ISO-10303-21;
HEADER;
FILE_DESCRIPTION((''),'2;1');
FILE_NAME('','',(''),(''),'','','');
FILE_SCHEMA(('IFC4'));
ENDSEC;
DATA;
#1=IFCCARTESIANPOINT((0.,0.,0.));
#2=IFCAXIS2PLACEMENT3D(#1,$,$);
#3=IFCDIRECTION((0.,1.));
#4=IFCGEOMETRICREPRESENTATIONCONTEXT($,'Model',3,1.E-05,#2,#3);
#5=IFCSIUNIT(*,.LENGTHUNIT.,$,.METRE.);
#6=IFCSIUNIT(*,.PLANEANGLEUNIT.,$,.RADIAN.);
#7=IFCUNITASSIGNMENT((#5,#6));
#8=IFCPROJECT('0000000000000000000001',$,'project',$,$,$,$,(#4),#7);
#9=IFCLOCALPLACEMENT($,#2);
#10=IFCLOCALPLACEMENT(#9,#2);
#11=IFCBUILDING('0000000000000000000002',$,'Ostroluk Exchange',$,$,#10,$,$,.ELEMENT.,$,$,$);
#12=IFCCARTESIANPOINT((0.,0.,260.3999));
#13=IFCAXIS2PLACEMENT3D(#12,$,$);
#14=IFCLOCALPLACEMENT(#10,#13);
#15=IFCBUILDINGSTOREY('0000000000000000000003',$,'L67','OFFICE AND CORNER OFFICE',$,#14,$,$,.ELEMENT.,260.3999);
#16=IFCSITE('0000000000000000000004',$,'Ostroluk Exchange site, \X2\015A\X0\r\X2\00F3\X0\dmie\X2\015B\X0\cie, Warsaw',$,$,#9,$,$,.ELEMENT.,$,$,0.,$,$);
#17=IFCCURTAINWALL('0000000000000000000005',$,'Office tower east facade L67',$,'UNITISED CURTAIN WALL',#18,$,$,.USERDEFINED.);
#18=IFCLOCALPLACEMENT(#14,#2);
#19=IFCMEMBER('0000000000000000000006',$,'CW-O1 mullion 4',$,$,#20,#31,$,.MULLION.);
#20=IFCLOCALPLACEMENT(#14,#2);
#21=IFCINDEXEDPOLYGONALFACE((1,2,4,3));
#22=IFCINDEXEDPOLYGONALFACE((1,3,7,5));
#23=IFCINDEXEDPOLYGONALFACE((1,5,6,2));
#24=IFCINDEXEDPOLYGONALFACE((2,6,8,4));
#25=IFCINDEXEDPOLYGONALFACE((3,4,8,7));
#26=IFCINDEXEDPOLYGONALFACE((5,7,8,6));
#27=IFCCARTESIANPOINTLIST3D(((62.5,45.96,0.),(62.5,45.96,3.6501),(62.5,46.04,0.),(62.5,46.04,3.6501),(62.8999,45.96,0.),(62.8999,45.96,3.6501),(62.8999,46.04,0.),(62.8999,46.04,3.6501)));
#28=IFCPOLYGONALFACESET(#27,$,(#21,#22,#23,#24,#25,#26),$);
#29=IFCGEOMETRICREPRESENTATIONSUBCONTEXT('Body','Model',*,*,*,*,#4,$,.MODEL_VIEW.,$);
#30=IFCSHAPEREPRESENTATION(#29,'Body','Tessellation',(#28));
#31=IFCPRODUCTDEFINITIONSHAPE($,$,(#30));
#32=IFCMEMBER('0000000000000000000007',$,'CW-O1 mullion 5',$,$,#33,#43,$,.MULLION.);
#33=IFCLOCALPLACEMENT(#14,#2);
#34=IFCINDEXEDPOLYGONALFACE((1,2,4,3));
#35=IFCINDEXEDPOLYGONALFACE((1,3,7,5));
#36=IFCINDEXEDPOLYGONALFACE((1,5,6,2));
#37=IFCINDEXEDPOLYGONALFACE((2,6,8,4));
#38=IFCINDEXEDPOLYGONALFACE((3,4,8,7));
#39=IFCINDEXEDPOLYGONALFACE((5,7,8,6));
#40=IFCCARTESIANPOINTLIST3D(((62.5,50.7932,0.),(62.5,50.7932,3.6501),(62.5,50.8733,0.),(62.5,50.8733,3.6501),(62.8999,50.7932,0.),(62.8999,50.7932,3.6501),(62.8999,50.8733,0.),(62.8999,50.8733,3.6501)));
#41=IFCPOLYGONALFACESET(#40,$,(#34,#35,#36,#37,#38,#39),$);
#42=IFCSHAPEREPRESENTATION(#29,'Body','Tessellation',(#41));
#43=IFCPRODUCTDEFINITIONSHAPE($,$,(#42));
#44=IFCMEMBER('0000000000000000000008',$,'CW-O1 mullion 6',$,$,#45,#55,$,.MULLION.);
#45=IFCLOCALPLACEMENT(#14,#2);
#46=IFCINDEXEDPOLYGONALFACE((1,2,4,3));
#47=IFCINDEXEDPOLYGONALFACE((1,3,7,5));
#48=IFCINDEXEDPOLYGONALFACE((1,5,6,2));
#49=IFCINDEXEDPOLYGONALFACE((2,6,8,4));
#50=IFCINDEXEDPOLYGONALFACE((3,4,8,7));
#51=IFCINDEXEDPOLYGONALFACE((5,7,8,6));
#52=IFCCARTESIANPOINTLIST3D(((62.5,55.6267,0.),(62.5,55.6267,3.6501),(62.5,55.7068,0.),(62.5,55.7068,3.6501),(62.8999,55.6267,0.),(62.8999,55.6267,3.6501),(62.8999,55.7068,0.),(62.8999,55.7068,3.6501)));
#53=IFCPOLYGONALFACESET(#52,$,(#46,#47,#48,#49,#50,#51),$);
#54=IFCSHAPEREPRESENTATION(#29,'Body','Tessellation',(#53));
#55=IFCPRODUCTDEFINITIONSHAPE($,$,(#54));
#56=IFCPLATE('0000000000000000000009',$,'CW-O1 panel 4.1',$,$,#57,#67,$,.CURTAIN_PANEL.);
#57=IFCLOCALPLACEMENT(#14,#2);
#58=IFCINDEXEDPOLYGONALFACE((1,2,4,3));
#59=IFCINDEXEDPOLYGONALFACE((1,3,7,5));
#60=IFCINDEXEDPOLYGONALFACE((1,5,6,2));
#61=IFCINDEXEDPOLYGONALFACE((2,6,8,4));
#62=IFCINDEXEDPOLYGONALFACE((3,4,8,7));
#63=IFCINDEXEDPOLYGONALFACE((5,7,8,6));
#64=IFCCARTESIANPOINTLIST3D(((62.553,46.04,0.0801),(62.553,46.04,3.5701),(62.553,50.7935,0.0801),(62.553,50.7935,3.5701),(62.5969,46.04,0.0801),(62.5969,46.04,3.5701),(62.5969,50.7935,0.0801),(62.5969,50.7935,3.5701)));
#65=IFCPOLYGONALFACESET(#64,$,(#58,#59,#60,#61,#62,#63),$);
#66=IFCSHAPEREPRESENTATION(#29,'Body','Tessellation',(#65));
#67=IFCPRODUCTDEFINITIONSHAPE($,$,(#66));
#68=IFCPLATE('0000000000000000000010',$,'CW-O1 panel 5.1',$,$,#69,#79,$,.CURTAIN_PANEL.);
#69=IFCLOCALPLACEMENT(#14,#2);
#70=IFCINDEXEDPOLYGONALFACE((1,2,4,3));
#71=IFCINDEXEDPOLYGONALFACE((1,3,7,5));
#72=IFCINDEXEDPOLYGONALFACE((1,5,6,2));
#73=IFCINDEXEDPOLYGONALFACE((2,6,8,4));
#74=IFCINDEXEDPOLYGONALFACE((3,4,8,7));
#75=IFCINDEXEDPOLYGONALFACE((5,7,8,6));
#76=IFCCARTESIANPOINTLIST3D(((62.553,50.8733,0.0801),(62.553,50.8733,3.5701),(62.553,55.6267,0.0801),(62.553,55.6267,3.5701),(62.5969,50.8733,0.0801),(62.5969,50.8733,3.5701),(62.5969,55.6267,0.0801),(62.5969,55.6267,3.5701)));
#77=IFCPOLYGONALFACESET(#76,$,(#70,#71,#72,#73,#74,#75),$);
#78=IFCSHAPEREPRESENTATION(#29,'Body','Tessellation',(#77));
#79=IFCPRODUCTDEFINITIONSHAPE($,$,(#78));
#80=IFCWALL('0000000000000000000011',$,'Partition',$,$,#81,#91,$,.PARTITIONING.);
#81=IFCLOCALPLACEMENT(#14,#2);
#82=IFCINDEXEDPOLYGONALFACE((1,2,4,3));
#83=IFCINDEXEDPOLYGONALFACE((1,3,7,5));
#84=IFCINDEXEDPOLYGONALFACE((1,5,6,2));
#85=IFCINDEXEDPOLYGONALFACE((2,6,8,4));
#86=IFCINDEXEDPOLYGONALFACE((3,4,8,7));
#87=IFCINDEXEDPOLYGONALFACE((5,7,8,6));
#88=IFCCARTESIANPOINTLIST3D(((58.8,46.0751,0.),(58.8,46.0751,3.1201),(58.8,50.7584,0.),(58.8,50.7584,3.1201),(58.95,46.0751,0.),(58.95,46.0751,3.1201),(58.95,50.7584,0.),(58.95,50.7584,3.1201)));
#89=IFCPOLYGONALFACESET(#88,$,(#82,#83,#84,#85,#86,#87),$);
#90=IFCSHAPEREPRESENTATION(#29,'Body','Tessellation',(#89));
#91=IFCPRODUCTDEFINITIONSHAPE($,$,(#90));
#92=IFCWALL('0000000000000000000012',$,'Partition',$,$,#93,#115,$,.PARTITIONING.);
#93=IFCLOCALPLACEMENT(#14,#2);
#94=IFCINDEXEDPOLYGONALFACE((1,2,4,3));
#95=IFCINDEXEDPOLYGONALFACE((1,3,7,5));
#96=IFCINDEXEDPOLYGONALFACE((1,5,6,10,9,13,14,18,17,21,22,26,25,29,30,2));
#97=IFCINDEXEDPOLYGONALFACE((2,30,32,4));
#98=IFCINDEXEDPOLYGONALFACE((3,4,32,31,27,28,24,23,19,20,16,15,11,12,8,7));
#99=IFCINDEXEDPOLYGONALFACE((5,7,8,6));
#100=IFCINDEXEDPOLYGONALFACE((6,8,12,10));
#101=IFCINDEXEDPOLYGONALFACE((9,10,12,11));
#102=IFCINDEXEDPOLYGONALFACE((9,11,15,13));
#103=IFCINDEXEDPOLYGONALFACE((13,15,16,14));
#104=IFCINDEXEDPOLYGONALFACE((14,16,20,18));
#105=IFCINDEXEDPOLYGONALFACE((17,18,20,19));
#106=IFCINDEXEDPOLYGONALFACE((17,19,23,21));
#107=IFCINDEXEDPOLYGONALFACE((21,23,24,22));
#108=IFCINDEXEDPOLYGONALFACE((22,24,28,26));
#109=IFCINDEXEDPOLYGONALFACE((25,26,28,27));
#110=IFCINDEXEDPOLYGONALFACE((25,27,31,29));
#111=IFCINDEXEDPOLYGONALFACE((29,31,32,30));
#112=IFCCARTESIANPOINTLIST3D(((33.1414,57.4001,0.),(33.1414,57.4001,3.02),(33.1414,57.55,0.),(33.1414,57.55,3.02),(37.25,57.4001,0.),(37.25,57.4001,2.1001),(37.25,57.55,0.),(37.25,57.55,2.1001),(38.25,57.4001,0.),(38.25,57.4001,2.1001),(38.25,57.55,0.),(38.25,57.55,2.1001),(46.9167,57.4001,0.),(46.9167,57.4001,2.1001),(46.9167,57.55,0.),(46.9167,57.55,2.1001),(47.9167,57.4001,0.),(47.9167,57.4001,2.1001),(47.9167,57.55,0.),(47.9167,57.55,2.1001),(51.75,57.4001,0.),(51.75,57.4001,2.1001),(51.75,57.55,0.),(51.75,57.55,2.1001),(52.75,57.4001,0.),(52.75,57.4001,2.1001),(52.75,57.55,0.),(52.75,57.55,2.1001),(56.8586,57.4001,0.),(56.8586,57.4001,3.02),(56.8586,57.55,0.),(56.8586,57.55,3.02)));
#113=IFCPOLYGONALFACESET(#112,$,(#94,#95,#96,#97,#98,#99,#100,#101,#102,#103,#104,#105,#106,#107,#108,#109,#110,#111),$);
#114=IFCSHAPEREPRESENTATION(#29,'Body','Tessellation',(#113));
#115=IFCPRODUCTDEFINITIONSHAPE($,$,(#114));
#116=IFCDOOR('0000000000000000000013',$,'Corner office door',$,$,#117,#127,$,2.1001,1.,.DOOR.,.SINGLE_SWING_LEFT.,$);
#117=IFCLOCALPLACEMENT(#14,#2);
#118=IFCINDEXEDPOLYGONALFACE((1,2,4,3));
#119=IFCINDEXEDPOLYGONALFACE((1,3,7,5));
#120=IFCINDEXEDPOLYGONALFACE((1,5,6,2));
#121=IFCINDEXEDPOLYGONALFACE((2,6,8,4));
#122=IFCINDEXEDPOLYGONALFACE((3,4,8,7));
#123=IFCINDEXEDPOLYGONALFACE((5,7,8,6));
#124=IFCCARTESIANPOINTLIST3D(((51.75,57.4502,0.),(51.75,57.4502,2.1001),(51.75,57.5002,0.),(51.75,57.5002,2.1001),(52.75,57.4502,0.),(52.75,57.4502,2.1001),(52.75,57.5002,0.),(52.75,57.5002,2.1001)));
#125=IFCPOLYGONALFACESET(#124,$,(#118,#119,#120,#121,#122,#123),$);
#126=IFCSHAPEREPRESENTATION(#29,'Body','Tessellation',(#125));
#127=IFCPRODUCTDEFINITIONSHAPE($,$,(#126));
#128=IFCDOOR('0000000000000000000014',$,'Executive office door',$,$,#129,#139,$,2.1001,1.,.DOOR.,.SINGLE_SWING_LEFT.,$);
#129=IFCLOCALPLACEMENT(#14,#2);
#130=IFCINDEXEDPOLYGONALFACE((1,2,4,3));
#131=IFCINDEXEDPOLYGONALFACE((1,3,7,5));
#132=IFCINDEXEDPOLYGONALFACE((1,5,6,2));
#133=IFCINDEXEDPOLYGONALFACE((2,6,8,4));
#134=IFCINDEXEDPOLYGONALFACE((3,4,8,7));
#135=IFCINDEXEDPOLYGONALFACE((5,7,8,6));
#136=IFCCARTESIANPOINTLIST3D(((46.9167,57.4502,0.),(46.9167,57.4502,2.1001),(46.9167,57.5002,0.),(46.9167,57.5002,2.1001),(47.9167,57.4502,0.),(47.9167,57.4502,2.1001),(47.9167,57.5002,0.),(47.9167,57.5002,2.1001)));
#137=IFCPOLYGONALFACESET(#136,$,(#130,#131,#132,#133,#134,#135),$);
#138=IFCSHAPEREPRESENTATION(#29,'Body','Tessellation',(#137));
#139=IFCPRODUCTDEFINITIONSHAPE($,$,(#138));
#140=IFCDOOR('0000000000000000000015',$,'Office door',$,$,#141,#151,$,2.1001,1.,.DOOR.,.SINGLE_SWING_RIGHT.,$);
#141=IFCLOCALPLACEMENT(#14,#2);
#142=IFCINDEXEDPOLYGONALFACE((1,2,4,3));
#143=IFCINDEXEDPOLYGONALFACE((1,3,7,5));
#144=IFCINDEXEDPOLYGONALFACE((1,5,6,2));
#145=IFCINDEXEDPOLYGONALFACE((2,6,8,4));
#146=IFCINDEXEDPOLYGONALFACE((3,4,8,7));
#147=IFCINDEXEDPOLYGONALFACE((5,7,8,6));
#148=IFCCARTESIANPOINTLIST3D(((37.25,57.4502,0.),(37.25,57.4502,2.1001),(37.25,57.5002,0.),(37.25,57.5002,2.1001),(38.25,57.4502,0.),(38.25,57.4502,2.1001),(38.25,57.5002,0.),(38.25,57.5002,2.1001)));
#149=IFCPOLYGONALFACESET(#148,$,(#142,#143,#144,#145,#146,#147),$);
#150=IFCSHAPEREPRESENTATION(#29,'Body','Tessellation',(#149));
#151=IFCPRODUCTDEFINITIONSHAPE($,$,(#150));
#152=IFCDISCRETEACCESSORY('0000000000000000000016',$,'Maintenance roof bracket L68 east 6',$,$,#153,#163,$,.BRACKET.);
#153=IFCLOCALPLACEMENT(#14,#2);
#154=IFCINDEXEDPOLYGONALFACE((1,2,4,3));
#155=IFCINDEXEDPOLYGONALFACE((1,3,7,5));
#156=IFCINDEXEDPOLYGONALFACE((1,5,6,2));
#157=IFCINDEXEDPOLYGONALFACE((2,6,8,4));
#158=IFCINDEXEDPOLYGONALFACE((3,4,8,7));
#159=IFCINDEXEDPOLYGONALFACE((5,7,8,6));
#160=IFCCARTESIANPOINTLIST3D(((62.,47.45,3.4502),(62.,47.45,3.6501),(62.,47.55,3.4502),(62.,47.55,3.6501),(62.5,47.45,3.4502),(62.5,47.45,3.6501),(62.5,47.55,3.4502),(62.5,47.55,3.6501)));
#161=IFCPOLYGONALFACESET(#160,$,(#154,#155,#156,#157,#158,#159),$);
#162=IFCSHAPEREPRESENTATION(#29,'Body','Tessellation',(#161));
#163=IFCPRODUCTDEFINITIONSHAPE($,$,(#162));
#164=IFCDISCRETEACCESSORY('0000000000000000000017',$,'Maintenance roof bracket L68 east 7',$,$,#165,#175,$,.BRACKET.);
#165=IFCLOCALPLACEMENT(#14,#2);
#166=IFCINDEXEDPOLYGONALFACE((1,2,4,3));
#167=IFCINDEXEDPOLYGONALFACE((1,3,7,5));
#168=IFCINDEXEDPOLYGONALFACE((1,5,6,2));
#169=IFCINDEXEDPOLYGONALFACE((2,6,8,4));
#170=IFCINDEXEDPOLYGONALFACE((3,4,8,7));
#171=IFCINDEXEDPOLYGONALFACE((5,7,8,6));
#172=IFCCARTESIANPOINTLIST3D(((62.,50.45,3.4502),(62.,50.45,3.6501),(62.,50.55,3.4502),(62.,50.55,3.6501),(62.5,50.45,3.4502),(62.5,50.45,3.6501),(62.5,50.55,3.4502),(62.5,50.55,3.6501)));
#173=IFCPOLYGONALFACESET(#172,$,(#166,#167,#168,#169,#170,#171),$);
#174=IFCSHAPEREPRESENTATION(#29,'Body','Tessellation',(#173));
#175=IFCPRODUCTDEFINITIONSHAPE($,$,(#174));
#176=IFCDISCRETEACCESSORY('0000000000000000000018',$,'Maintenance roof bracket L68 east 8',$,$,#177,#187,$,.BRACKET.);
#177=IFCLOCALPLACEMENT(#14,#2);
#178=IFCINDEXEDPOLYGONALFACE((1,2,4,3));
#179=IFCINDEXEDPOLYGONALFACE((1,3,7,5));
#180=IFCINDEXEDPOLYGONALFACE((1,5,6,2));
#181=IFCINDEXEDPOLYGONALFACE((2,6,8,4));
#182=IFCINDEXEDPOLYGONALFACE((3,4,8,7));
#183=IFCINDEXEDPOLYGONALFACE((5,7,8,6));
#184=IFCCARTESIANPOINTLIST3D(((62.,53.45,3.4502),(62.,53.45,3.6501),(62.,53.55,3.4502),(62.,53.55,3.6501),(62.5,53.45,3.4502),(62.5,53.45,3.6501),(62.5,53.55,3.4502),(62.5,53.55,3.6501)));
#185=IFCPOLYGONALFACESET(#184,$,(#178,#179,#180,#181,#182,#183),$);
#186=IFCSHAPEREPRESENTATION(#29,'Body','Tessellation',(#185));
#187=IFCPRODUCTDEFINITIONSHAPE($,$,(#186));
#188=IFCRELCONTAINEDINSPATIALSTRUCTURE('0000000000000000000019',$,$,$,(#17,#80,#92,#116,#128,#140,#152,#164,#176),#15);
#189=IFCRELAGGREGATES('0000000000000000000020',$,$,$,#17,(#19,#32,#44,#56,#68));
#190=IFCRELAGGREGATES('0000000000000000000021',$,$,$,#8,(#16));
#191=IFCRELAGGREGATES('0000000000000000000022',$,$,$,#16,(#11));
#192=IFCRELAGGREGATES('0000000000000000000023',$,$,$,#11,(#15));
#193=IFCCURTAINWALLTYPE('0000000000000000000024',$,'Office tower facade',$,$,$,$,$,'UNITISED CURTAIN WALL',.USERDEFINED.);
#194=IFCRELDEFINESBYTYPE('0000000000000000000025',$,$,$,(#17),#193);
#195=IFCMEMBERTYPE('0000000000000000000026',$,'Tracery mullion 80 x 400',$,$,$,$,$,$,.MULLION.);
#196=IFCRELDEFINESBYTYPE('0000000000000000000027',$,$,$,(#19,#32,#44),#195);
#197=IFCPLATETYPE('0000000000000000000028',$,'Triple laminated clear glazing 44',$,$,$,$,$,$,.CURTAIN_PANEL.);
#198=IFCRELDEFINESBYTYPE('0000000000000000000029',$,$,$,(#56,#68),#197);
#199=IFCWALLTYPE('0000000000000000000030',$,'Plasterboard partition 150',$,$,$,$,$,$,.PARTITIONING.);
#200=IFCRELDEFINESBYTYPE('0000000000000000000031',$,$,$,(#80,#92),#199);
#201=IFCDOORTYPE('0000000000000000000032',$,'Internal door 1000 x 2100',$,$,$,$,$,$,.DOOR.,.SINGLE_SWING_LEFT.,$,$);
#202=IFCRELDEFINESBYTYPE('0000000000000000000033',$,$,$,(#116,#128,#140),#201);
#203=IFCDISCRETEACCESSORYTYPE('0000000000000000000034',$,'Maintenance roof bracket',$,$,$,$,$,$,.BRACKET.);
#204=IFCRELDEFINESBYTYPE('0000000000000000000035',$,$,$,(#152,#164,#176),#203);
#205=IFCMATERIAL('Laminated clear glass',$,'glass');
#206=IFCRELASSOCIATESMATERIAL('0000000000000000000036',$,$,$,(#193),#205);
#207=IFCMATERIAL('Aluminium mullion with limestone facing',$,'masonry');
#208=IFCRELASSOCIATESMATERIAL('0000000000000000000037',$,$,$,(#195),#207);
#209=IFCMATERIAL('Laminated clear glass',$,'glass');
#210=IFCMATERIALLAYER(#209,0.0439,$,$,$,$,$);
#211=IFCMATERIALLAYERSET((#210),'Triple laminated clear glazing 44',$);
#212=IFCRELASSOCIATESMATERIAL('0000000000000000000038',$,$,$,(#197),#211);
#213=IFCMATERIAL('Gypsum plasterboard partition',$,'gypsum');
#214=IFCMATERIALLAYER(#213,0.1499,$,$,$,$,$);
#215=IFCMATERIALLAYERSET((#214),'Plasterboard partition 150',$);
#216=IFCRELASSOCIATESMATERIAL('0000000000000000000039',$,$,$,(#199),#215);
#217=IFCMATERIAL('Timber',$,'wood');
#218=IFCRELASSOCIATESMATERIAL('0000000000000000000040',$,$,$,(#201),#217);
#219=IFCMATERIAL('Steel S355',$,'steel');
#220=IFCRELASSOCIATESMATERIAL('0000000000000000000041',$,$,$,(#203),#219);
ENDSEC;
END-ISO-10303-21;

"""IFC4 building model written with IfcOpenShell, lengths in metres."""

from ifc_helpers import new_model, si_unit, direction, frame, frame_2d, origin, origin_2d, place, context, subcontext, project, spatial, rectangle, extrude, material, layer, layer_set, material_profile, profile_set, type_object, element, fill, aggregate, save


model = new_model("IFC4")

# Units and contexts
model_context = context("Model", 3, precision=1e-05, world=origin(), true_north=direction((0.0, 1.0)))
body_context = subcontext(model_context, "Body", "Model", "MODEL_VIEW")
ifc_project = project(units=[si_unit("LENGTHUNIT", "METRE"), si_unit("PLANEANGLEUNIT", "RADIAN")], contexts=[model_context])

# Site, building, storey
site_placement = place(None, origin())
site = spatial("IfcSite", under=ifc_project, at=site_placement, Name="Ostroluk Exchange site, Śródmieście, Warsaw", CompositionType="ELEMENT", RefElevation=0.0)
building_placement = place(site_placement, origin())
building = spatial("IfcBuilding", under=site, at=building_placement, Name="Ostroluk Exchange", CompositionType="ELEMENT")
storey_placement = place(building_placement, frame((0.0, 0.0, 260.3999)))
storey = spatial("IfcBuildingStorey", under=building, at=storey_placement, Name="L67", Description="OFFICE AND CORNER OFFICE", CompositionType="ELEMENT", Elevation=260.3999)

# Curtain wall, members, plates
ifc_material_1 = material(Name="Laminated clear glass", Category="glass")
curtain_wall_type = type_object("IfcCurtainWallType", Name="Office tower facade", ElementType="UNITISED CURTAIN WALL", PredefinedType="USERDEFINED", material=ifc_material_1)
curtain_wall_placement = place(storey_placement, origin())
curtain_wall = element("IfcCurtainWall", 1, at=curtain_wall_placement, inside=storey, type_object=curtain_wall_type, Name="Office tower east facade L67", ObjectType="UNITISED CURTAIN WALL", PredefinedType="USERDEFINED")
ifc_material_2 = material(Name="Aluminium mullion with limestone facing", Category="masonry")
ifc_material_profile_1 = material_profile(ifc_material_2, rectangle(XDim=0.3999, YDim=0.0801, at=origin_2d()), Name="Tracery mullion 80 x 400")
ifc_profile_set_1 = profile_set([ifc_material_profile_1], Name="Aluminium mullion with limestone facing")
member_type_1 = type_object("IfcMemberType", Name="Tracery mullion 80 x 400", PredefinedType="MULLION", material=ifc_profile_set_1)
member_1_placement = place(storey_placement, frame((62.7, 46.0, 0.0), z_axis=(0.0, 0.0, 1.0), x_axis=(-1.0, 0.0, 0.0)))
member_1 = element("IfcMember", 2, at=member_1_placement, type_object=member_type_1, Name="CW-O1 mullion 4", PredefinedType="MULLION", context=body_context, shape_type="SweptSolid", body=[
    extrude(rectangle(XDim=0.3999, YDim=0.0801, at=origin_2d()), origin(), (0.0, 0.0, 1.0), 3.6501),
])
member_2_placement = place(storey_placement, frame((62.7, 50.8333, 0.0), z_axis=(0.0, 0.0, 1.0), x_axis=(-1.0, 0.0, 0.0)))
member_2 = element("IfcMember", 3, at=member_2_placement, type_object=member_type_1, Name="CW-O1 mullion 5", PredefinedType="MULLION", context=body_context, shape_type="SweptSolid", body=[
    extrude(rectangle(XDim=0.3999, YDim=0.0801, at=origin_2d()), origin(), (0.0, 0.0, 1.0), 3.6501),
])
member_3_placement = place(storey_placement, frame((62.7, 55.6667, 0.0), z_axis=(0.0, 0.0, 1.0), x_axis=(-1.0, 0.0, 0.0)))
member_3 = element("IfcMember", 4, at=member_3_placement, type_object=member_type_1, Name="CW-O1 mullion 6", PredefinedType="MULLION", context=body_context, shape_type="SweptSolid", body=[
    extrude(rectangle(XDim=0.3999, YDim=0.0801, at=origin_2d()), origin(), (0.0, 0.0, 1.0), 3.6501),
])
ifc_material_3 = material(Name="Laminated clear glass", Category="glass")
ifc_layer_1 = layer(ifc_material_3, 0.0439)
ifc_layer_set_1 = layer_set([ifc_layer_1], Name="Triple laminated clear glazing 44")
plate_type = type_object("IfcPlateType", Name="Triple laminated clear glazing 44", PredefinedType="CURTAIN_PANEL", material=ifc_layer_set_1)
plate_1_placement = place(storey_placement, frame((62.575, 48.4167, 0.0801), z_axis=(0.0, 0.0, 1.0), x_axis=(0.0, 1.0, 0.0)))
plate_1 = element("IfcPlate", 5, at=plate_1_placement, type_object=plate_type, Name="CW-O1 panel 4.1", PredefinedType="CURTAIN_PANEL", context=body_context, shape_type="SweptSolid", body=[
    extrude(rectangle(XDim=4.7534, YDim=0.0439, at=origin_2d()), origin(), (0.0, 0.0, 1.0), 3.49),
])
plate_2_placement = place(storey_placement, frame((62.575, 53.25, 0.0801), z_axis=(0.0, 0.0, 1.0), x_axis=(0.0, 1.0, 0.0)))
plate_2 = element("IfcPlate", 6, at=plate_2_placement, type_object=plate_type, Name="CW-O1 panel 5.1", PredefinedType="CURTAIN_PANEL", context=body_context, shape_type="SweptSolid", body=[
    extrude(rectangle(XDim=4.7534, YDim=0.0439, at=origin_2d()), origin(), (0.0, 0.0, 1.0), 3.49),
])
aggregate(curtain_wall, [member_1, member_2, member_3, plate_1, plate_2])

# Wall
ifc_material_4 = material(Name="Gypsum plasterboard partition", Category="gypsum")
ifc_layer_2 = layer(ifc_material_4, 0.1499)
ifc_layer_set_2 = layer_set([ifc_layer_2], Name="Plasterboard partition 150")
wall_type = type_object("IfcWallType", Name="Plasterboard partition 150", PredefinedType="PARTITIONING", material=ifc_layer_set_2)
wall_1_placement = place(storey_placement, frame((58.875, 46.075, 0.0), z_axis=(0.0, 0.0, 1.0), x_axis=(0.0, 1.0, 0.0)))
element("IfcWall", 7, at=wall_1_placement, inside=storey, type_object=wall_type, Name="Partition", PredefinedType="PARTITIONING", context=body_context, shape_type="SweptSolid", body=[
    extrude(rectangle(XDim=4.6833, YDim=0.1499, at=frame_2d((2.3418, 0.0))), origin(), (0.0, 0.0, 1.0), 3.1201),
])

# Wall, openings, doors
wall_2_placement = place(storey_placement, frame((56.8586, 57.4751, 0.0), z_axis=(0.0, 0.0, 1.0), x_axis=(-1.0, 0.0, 0.0)))
wall_2 = element("IfcWall", 8, at=wall_2_placement, inside=storey, type_object=wall_type, Name="Partition", PredefinedType="PARTITIONING", context=body_context, shape_type="SweptSolid", body=[
    extrude(rectangle(XDim=23.7173, YDim=0.1499, at=frame_2d((11.8586, 0.0))), origin(), (0.0, 0.0, 1.0), 3.02),
])
opening_1_placement = place(wall_2_placement, frame((4.1086, 0.0, 0.0)))
opening_1 = element("IfcOpeningElement", 9, at=opening_1_placement, cuts=wall_2, PredefinedType="OPENING", context=body_context, shape_type="SweptSolid", body=[
    extrude(rectangle(XDim=1.0, YDim=2.1001, at=frame_2d((0.5, 1.05))), frame((0.0, 0.085, 0.0), z_axis=(0.0, -1.0, 0.0), x_axis=(1.0, 0.0, 0.0)), (0.0, 0.0, 1.0), 0.1699),
])
opening_2_placement = place(wall_2_placement, frame((8.9419, 0.0, 0.0)))
opening_2 = element("IfcOpeningElement", 10, at=opening_2_placement, cuts=wall_2, PredefinedType="OPENING", context=body_context, shape_type="SweptSolid", body=[
    extrude(rectangle(XDim=1.0, YDim=2.1001, at=frame_2d((0.5, 1.05))), frame((0.0, 0.085, 0.0), z_axis=(0.0, -1.0, 0.0), x_axis=(1.0, 0.0, 0.0)), (0.0, 0.0, 1.0), 0.1699),
])
opening_3_placement = place(wall_2_placement, frame((18.6086, 0.0, 0.0)))
opening_3 = element("IfcOpeningElement", 11, at=opening_3_placement, cuts=wall_2, PredefinedType="OPENING", context=body_context, shape_type="SweptSolid", body=[
    extrude(rectangle(XDim=1.0, YDim=2.1001, at=frame_2d((0.5, 1.05))), frame((0.0, 0.085, 0.0), z_axis=(0.0, -1.0, 0.0), x_axis=(1.0, 0.0, 0.0)), (0.0, 0.0, 1.0), 0.1699),
])
ifc_material_5 = material(Name="Timber", Category="wood")
door_type = type_object("IfcDoorType", Name="Internal door 1000 x 2100", OperationType="SINGLE_SWING_LEFT", PredefinedType="DOOR", material=ifc_material_5)
door_1_placement = place(opening_1_placement, origin())
door_1 = element("IfcDoor", 12, at=door_1_placement, inside=storey, type_object=door_type, Name="Corner office door", OperationType="SINGLE_SWING_LEFT", OverallHeight=2.1001, OverallWidth=1.0, PredefinedType="DOOR", context=body_context, shape_type="SweptSolid", body=[
    extrude(rectangle(XDim=1.0, YDim=2.1001, at=frame_2d((0.5, 1.05))), frame((0.0, 0.0249, 0.0), z_axis=(0.0, -1.0, 0.0), x_axis=(1.0, 0.0, 0.0)), (0.0, 0.0, 1.0), 0.05),
])
fill(opening_1, door_1)
door_2_placement = place(opening_2_placement, origin())
door_2 = element("IfcDoor", 13, at=door_2_placement, inside=storey, type_object=door_type, Name="Executive office door", OperationType="SINGLE_SWING_LEFT", OverallHeight=2.1001, OverallWidth=1.0, PredefinedType="DOOR", context=body_context, shape_type="SweptSolid", body=[
    extrude(rectangle(XDim=1.0, YDim=2.1001, at=frame_2d((0.5, 1.05))), frame((0.0, 0.0249, 0.0), z_axis=(0.0, -1.0, 0.0), x_axis=(1.0, 0.0, 0.0)), (0.0, 0.0, 1.0), 0.05),
])
fill(opening_2, door_2)
door_3_placement = place(opening_3_placement, origin())
door_3 = element("IfcDoor", 14, at=door_3_placement, inside=storey, type_object=door_type, Name="Office door", OperationType="SINGLE_SWING_RIGHT", OverallHeight=2.1001, OverallWidth=1.0, PredefinedType="DOOR", context=body_context, shape_type="SweptSolid", body=[
    extrude(rectangle(XDim=1.0, YDim=2.1001, at=frame_2d((0.5, 1.05))), frame((0.0, 0.0249, 0.0), z_axis=(0.0, -1.0, 0.0), x_axis=(1.0, 0.0, 0.0)), (0.0, 0.0, 1.0), 0.05),
])
fill(opening_3, door_3)

# Discrete accessories
ifc_material_6 = material(Name="Steel S355", Category="steel")
discrete_accessory_type = type_object("IfcDiscreteAccessoryType", Name="Maintenance roof bracket", PredefinedType="BRACKET", material=ifc_material_6)
for number, where, z_axis, x_axis, name in (
    (15, (62.25, 47.5, 3.4502), (0.0, 0.0, 1.0), (1.0, 0.0, 0.0), "Maintenance roof bracket L68 east 6"),
    (16, (62.25, 50.5, 3.4502), (0.0, 0.0, 1.0), (1.0, 0.0, 0.0), "Maintenance roof bracket L68 east 7"),
    (17, (62.25, 53.5, 3.4502), (0.0, 0.0, 1.0), (1.0, 0.0, 0.0), "Maintenance roof bracket L68 east 8"),
):
    element("IfcDiscreteAccessory", number, at=place(storey_placement, frame(where, z_axis=z_axis, x_axis=x_axis)), inside=storey, type_object=discrete_accessory_type, Name=name, PredefinedType="BRACKET", context=body_context, shape_type="SweptSolid", body=[
        extrude(rectangle(XDim=0.5, YDim=0.1001, at=origin_2d()), origin(), (0.0, 0.0, 1.0), 0.2),
    ])

save(model, "model.ifc")
